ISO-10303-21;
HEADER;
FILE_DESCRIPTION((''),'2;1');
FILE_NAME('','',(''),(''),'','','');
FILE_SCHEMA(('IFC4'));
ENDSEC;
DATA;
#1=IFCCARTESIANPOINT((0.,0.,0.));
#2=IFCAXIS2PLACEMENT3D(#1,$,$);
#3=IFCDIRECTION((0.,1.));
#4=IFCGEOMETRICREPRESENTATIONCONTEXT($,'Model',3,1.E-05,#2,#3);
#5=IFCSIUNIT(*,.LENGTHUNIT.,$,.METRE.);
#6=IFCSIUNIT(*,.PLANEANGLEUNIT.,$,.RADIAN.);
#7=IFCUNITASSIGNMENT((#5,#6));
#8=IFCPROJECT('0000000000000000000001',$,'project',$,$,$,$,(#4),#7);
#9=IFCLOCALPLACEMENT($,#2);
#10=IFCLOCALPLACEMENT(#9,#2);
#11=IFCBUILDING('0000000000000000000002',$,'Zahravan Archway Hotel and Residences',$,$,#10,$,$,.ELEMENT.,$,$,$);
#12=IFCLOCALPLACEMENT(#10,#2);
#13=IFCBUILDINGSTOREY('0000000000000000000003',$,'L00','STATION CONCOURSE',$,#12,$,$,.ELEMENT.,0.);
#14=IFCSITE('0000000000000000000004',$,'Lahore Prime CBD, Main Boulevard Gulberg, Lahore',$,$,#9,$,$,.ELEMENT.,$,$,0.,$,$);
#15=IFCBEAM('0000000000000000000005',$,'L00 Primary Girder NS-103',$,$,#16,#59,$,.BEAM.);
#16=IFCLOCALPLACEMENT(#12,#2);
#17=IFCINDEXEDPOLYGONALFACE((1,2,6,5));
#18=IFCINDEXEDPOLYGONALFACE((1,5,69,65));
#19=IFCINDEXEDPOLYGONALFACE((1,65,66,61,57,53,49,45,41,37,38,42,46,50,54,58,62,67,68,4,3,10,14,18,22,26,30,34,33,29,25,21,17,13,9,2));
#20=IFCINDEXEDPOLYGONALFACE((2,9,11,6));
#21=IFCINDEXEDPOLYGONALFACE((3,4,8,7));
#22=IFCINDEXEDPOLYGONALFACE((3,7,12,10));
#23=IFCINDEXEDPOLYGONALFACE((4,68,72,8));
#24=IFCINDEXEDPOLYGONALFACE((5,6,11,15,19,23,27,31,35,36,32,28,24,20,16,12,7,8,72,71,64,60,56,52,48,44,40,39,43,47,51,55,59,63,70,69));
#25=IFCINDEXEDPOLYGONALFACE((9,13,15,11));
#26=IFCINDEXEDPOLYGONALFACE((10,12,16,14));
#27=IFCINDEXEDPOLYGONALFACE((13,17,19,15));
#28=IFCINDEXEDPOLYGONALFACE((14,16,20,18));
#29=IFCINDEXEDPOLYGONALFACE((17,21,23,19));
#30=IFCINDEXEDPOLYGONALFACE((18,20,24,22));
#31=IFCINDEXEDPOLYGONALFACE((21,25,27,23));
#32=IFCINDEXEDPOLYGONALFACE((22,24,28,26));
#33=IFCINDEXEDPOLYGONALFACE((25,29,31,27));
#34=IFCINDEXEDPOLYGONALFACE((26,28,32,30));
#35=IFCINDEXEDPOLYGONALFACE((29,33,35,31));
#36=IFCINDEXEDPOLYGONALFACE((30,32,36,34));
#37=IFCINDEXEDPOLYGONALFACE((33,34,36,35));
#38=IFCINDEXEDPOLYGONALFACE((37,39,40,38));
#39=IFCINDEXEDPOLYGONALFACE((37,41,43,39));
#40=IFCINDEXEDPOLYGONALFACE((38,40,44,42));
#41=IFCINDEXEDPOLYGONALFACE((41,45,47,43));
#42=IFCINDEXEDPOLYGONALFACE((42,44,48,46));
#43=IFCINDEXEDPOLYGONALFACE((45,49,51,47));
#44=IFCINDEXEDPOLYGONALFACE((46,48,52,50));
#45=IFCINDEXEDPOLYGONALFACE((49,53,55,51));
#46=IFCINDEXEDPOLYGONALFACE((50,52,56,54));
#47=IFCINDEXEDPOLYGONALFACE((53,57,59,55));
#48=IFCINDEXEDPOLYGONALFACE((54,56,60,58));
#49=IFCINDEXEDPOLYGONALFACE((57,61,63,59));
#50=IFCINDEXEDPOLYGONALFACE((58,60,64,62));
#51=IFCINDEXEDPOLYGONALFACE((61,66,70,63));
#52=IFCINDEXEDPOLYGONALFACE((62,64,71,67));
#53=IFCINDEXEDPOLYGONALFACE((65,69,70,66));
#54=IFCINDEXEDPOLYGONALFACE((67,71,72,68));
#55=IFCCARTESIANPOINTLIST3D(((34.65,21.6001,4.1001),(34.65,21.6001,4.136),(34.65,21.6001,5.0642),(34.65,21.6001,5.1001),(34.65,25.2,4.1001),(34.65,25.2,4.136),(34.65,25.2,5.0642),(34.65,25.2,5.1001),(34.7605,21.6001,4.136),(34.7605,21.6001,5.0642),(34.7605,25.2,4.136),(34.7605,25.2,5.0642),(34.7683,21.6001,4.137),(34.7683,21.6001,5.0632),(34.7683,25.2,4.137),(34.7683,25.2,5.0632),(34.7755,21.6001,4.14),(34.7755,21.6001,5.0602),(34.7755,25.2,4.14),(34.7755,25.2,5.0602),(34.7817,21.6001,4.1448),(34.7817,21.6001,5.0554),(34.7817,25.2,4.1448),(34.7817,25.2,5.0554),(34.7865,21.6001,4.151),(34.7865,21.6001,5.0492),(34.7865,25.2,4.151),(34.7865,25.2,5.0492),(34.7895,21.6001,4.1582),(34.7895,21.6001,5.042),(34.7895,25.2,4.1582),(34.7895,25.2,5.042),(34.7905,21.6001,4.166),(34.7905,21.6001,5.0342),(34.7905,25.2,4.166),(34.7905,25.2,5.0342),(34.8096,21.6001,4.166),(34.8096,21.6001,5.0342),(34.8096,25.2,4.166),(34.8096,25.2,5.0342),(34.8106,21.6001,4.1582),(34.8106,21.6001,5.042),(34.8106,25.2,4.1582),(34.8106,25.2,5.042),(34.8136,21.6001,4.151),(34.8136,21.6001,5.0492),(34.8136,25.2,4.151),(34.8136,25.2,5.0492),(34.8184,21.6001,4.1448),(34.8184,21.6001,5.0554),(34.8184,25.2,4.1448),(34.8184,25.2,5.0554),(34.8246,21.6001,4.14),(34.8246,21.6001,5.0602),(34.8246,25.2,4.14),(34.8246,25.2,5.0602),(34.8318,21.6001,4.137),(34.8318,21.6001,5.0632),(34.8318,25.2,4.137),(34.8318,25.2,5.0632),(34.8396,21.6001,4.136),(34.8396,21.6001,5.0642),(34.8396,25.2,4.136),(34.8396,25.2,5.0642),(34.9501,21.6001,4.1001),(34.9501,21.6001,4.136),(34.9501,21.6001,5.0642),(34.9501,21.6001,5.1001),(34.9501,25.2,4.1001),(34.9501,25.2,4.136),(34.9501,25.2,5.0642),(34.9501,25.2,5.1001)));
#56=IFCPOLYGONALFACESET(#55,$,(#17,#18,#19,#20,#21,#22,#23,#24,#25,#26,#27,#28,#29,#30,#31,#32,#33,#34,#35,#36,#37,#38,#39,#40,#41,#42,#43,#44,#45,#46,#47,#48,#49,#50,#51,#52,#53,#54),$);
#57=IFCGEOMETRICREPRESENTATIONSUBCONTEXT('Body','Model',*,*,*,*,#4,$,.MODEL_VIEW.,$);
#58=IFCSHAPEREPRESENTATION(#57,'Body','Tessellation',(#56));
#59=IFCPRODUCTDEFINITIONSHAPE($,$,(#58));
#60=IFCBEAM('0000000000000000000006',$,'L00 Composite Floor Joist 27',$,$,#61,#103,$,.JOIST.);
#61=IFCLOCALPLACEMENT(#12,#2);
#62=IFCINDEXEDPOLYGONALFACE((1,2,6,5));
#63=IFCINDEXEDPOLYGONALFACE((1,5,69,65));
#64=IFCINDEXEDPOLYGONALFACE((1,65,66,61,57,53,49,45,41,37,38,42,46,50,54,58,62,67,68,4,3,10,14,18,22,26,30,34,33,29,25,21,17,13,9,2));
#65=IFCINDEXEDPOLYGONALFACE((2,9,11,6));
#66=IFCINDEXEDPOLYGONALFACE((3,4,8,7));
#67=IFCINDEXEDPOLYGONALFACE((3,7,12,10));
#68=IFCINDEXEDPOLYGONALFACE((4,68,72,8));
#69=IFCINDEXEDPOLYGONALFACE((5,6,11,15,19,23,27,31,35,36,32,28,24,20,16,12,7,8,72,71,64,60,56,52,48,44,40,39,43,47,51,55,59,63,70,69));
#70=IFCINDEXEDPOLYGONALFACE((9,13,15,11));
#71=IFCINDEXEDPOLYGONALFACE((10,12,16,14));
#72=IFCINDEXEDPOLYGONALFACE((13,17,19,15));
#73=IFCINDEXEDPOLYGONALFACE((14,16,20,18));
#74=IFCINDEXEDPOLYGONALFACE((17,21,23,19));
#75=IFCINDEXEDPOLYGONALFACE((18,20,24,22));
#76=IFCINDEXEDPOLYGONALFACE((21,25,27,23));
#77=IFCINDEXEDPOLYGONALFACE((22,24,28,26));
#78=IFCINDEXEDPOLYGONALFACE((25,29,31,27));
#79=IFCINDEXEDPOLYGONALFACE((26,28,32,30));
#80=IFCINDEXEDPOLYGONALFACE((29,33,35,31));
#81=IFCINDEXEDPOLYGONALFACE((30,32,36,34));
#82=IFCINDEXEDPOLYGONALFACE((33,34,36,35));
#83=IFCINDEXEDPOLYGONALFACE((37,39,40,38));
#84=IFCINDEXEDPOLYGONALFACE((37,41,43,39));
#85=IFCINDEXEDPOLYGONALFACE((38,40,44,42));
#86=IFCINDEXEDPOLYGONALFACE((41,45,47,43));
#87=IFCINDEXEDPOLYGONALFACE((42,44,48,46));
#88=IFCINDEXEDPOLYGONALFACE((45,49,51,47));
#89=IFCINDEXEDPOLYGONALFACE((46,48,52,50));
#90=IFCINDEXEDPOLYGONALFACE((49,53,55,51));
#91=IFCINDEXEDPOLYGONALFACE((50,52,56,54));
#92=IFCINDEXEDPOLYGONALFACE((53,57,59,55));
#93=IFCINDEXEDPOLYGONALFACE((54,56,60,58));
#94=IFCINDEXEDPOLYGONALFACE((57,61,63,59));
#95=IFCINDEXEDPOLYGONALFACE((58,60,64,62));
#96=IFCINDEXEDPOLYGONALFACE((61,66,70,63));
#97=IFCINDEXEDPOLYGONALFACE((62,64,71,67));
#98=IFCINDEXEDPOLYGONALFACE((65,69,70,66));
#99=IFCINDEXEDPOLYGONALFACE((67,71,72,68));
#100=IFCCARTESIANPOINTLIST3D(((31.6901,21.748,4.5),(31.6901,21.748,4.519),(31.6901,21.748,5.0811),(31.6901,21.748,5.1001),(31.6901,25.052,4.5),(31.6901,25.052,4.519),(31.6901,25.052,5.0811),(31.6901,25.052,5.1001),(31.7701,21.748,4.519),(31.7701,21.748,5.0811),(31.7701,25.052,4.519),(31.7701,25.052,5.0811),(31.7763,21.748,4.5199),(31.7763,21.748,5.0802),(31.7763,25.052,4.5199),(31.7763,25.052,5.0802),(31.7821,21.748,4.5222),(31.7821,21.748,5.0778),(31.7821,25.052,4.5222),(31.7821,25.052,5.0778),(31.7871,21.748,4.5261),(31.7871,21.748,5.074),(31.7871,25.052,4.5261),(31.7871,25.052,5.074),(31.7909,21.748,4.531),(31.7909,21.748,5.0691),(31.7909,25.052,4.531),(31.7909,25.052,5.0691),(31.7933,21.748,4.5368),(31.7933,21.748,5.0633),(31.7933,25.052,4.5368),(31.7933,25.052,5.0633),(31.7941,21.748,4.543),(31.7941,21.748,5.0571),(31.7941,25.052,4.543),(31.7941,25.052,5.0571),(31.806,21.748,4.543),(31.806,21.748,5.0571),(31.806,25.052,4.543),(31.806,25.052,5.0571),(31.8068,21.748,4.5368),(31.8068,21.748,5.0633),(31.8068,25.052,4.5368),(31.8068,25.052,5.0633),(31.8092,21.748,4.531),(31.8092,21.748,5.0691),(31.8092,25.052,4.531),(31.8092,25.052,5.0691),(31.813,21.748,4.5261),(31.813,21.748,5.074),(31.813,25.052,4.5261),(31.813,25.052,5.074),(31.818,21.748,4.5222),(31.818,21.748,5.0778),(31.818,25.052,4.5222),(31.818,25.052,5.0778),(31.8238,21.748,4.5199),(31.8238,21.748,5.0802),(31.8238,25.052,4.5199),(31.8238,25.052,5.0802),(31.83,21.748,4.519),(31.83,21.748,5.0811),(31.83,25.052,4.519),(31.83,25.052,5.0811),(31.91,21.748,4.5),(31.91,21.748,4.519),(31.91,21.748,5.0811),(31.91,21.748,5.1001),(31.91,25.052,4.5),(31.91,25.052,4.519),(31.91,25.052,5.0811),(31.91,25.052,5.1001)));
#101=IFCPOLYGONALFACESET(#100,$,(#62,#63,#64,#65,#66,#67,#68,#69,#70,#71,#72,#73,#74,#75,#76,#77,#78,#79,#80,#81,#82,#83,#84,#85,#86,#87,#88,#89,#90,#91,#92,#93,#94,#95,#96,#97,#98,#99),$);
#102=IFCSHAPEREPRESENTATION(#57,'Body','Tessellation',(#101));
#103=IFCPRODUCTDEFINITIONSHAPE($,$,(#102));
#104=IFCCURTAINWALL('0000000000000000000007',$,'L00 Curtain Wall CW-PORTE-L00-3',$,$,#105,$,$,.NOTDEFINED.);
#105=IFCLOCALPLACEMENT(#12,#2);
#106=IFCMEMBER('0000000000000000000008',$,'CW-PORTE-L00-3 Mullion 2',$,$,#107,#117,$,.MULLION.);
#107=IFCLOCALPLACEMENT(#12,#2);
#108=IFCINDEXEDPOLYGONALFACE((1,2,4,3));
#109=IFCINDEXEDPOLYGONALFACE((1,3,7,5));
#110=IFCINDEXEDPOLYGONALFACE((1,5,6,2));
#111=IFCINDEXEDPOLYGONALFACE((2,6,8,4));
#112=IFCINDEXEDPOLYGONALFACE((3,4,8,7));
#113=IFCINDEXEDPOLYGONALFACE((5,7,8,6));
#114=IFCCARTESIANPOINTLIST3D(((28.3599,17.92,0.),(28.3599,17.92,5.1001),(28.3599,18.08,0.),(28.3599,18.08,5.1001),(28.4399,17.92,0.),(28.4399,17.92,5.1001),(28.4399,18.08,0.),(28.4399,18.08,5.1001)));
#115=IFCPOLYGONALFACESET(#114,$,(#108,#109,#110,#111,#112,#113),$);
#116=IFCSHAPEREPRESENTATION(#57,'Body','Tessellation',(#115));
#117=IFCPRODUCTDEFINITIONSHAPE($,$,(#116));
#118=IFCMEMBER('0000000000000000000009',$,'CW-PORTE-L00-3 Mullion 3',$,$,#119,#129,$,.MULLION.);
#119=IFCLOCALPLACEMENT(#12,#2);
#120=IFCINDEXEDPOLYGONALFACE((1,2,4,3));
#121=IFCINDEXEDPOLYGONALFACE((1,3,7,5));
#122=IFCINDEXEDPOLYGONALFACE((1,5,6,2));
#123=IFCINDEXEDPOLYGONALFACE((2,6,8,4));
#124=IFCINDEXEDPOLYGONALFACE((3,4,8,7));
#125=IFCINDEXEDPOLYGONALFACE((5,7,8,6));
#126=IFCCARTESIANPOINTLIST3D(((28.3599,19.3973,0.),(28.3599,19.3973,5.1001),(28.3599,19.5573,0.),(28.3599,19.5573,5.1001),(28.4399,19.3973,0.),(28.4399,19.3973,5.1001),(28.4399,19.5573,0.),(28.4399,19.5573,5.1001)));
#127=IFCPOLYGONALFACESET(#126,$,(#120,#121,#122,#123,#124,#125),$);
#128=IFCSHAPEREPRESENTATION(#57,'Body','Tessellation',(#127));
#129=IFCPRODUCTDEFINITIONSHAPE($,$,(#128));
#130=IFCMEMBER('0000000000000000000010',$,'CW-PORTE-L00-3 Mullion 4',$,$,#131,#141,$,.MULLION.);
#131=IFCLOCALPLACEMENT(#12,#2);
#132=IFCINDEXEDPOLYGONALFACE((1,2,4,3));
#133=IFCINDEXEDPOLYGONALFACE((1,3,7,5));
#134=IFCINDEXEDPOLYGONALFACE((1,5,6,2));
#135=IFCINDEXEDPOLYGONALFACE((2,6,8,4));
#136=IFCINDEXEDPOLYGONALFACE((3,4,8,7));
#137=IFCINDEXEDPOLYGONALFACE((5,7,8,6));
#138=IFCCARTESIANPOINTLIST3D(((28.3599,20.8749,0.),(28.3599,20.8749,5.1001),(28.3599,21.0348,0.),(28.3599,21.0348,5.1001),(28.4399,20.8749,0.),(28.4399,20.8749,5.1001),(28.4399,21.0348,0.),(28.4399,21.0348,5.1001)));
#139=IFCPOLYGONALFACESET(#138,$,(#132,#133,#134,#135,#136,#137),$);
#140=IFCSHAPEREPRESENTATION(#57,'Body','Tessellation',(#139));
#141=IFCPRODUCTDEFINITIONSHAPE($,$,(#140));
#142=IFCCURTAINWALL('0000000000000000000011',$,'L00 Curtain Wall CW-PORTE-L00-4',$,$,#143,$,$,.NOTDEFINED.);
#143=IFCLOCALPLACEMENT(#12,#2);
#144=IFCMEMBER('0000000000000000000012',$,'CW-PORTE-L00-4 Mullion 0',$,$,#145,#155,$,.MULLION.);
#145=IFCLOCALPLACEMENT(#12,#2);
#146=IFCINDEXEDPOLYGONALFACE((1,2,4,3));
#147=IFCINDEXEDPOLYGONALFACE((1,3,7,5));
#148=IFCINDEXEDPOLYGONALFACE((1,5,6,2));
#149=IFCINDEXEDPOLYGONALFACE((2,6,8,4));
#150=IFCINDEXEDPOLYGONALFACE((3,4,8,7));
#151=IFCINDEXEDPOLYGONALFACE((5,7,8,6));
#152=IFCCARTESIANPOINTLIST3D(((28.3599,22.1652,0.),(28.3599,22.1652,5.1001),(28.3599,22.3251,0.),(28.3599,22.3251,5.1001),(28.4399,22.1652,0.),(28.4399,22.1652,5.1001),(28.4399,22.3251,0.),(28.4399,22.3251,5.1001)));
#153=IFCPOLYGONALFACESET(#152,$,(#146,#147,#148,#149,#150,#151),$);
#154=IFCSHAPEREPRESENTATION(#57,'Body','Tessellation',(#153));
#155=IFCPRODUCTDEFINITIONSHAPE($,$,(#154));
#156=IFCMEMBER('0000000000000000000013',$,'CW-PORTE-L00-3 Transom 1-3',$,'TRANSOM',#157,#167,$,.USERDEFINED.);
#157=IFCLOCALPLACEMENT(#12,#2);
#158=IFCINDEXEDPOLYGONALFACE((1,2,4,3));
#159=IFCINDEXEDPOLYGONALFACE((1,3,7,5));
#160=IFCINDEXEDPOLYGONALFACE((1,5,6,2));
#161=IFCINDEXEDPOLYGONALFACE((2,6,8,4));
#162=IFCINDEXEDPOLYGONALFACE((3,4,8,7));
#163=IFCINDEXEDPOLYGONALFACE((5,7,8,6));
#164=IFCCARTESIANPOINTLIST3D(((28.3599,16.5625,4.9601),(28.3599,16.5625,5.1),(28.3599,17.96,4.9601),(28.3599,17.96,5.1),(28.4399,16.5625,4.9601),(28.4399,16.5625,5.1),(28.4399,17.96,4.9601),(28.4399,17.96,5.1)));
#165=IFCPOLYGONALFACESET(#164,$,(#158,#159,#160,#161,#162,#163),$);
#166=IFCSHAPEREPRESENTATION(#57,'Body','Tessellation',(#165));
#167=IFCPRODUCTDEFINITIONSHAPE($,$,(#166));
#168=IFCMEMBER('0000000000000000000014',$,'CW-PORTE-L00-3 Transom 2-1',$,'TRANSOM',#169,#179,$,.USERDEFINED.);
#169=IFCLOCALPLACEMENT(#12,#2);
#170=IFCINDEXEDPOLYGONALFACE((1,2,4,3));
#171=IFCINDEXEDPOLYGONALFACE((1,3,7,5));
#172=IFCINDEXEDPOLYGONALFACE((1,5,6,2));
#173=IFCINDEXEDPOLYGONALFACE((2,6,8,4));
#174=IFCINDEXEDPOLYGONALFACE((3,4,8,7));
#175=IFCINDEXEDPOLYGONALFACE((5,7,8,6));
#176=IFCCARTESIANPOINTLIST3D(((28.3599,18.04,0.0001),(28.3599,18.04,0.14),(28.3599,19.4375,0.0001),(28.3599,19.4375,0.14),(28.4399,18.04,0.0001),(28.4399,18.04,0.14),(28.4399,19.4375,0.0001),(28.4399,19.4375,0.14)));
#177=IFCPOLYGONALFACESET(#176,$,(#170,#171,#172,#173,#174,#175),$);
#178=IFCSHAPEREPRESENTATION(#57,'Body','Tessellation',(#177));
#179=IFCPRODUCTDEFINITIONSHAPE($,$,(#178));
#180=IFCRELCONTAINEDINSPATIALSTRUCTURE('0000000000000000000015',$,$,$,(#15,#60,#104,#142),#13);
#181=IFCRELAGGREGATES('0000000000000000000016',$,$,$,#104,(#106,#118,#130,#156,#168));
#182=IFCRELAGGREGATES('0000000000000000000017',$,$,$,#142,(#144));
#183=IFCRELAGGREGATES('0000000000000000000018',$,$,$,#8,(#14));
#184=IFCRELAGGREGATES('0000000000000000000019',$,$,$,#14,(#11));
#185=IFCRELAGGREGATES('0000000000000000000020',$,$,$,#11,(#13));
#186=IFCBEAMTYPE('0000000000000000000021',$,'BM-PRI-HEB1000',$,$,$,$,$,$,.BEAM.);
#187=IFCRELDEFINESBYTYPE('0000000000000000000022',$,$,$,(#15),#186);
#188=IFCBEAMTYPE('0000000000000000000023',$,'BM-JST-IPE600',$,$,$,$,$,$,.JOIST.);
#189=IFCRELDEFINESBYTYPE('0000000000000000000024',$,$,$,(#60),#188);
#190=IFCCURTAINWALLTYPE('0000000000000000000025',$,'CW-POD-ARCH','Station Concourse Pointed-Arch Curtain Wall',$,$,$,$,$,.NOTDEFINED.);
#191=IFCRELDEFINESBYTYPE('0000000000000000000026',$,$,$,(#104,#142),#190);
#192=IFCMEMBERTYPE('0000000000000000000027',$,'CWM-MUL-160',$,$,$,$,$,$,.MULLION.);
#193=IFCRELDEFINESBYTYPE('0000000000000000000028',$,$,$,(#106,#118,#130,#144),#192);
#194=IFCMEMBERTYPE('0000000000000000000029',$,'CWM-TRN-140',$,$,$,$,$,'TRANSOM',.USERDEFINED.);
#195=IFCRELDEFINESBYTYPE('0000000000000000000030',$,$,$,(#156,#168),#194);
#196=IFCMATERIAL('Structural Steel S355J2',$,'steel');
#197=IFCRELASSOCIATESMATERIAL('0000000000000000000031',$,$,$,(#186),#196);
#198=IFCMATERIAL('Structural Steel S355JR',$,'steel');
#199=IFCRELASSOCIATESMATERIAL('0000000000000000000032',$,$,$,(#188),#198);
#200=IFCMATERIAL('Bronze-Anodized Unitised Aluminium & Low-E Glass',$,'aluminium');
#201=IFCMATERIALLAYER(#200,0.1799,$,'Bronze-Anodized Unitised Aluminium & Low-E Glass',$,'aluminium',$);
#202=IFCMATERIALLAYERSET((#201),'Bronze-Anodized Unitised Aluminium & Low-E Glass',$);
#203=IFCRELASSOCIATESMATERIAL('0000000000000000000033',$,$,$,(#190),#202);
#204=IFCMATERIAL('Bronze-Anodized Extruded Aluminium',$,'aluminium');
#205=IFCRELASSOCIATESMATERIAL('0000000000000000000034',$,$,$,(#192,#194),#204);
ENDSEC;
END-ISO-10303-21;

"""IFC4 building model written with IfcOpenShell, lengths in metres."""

from ifc_helpers import new_model, si_unit, direction, frame, origin, origin_2d, place, context, subcontext, project, spatial, rectangle, i_section, extrude, source, transform, mapped, material, layer, layer_set, material_profile, profile_set, type_object, element, aggregate, save


model = new_model("IFC4")

# Units and contexts
model_context = context("Model", 3, precision=1e-05, world=origin(), true_north=direction((0.0, 1.0)))
body_context = subcontext(model_context, "Body", "Model", "MODEL_VIEW")
ifc_project = project(units=[si_unit("LENGTHUNIT", "METRE"), si_unit("PLANEANGLEUNIT", "RADIAN")], contexts=[model_context])

# Site, building, storey
site_placement = place(None, origin())
site = spatial("IfcSite", under=ifc_project, at=site_placement, Name="Lahore Prime CBD, Main Boulevard Gulberg, Lahore", CompositionType="ELEMENT", RefElevation=0.0)
building_placement = place(site_placement, origin())
building = spatial("IfcBuilding", under=site, at=building_placement, Name="Zahravan Archway Hotel and Residences", CompositionType="ELEMENT")
storey_placement = place(building_placement, origin())
storey = spatial("IfcBuildingStorey", under=building, at=storey_placement, Name="L00", Description="STATION CONCOURSE", CompositionType="ELEMENT", Elevation=0.0)

# Beams
ifc_material_1 = material(Name="Structural Steel S355J2", Category="steel")
ifc_material_profile_1 = material_profile(ifc_material_1, i_section(OverallWidth=0.3, OverallDepth=1.0, WebThickness=0.019, FlangeThickness=0.0359, FilletRadius=0.03, at=origin_2d()), Name="HEB 1000", Category="steel")
ifc_profile_set_1 = profile_set([ifc_material_profile_1], Name="Structural Steel S355J2")
beam_type_1 = type_object("IfcBeamType", Name="BM-PRI-HEB1000", PredefinedType="BEAM", material=ifc_profile_set_1)
shared_shape_1 = source(origin(), body_context, "Body", "SweptSolid", [
    extrude(i_section(OverallWidth=0.3, OverallDepth=1.0, WebThickness=0.019, FlangeThickness=0.0359, FilletRadius=0.03, at=origin_2d()), origin(), (0.0, 0.0, 1.0), 3.5999),
])
for number, where, z_axis, x_axis, name in (
    (1, (34.8, 21.6001, 4.6001), (0.0, 1.0, 0.0), (-1.0, 0.0, 0.0), "L00 Primary Girder NS-103"),
):
    element("IfcBeam", number, at=place(storey_placement, frame(where, z_axis=z_axis, x_axis=x_axis)), inside=storey, type_object=beam_type_1, Name=name, PredefinedType="BEAM", context=body_context, shape_type="MappedRepresentation", body=[
        mapped(shared_shape_1, transform((0.0, 0.0, 0.0), scale=1.0)),
    ])
ifc_material_2 = material(Name="Structural Steel S355JR", Category="steel")
ifc_material_profile_2 = material_profile(ifc_material_2, i_section(OverallWidth=0.22, OverallDepth=0.6001, WebThickness=0.012, FlangeThickness=0.019, FilletRadius=0.0239, at=origin_2d()), Name="IPE 600", Category="steel")
ifc_profile_set_2 = profile_set([ifc_material_profile_2], Name="Structural Steel S355JR")
beam_type_2 = type_object("IfcBeamType", Name="BM-JST-IPE600", PredefinedType="JOIST", material=ifc_profile_set_2)
shared_shape_2 = source(origin(), body_context, "Body", "SweptSolid", [
    extrude(i_section(OverallWidth=0.22, OverallDepth=0.6001, WebThickness=0.012, FlangeThickness=0.019, FilletRadius=0.0239, at=origin_2d()), origin(), (0.0, 0.0, 1.0), 3.304),
])
beam_1_placement = place(storey_placement, frame((31.8, 21.748, 4.8), z_axis=(0.0, 1.0, 0.0), x_axis=(-1.0, 0.0, 0.0)))
element("IfcBeam", 2, at=beam_1_placement, inside=storey, type_object=beam_type_2, Name="L00 Composite Floor Joist 27", PredefinedType="JOIST", context=body_context, shape_type="MappedRepresentation", body=[
    mapped(shared_shape_2, transform((0.0, 0.0, 0.0), scale=1.0)),
])

# Curtain wall, members
ifc_material_3 = material(Name="Bronze-Anodized Unitised Aluminium & Low-E Glass", Category="aluminium")
ifc_layer_1 = layer(ifc_material_3, 0.1799, Name="Bronze-Anodized Unitised Aluminium & Low-E Glass", Category="aluminium")
ifc_layer_set_1 = layer_set([ifc_layer_1], Name="Bronze-Anodized Unitised Aluminium & Low-E Glass")
curtain_wall_type = type_object("IfcCurtainWallType", Name="CW-POD-ARCH", Description="Station Concourse Pointed-Arch Curtain Wall", PredefinedType="NOTDEFINED", material=ifc_layer_set_1)
curtain_wall_1_placement = place(storey_placement, origin())
curtain_wall_1 = element("IfcCurtainWall", 3, at=curtain_wall_1_placement, inside=storey, type_object=curtain_wall_type, Name="L00 Curtain Wall CW-PORTE-L00-3", PredefinedType="NOTDEFINED")
ifc_material_4 = material(Name="Bronze-Anodized Extruded Aluminium", Category="aluminium")
ifc_material_profile_3 = material_profile(ifc_material_4, rectangle(XDim=0.0801, YDim=0.1599, at=origin_2d()), Name="MUL 80x160", Category="aluminium")
ifc_profile_set_3 = profile_set([ifc_material_profile_3], Name="Bronze-Anodized Extruded Aluminium")
member_type_1 = type_object("IfcMemberType", Name="CWM-MUL-160", PredefinedType="MULLION", material=ifc_profile_set_3)
shared_shape_3 = source(origin(), body_context, "Body", "SweptSolid", [
    extrude(rectangle(XDim=0.0801, YDim=0.1599, at=origin_2d()), origin(), (0.0, 0.0, 1.0), 5.1001),
])
member_1_placement = place(storey_placement, frame((28.3999, 18.0, 0.0), z_axis=(0.0, 0.0, 1.0), x_axis=(1.0, 0.0, 0.0)))
member_1 = element("IfcMember", 4, at=member_1_placement, type_object=member_type_1, Name="CW-PORTE-L00-3 Mullion 2", PredefinedType="MULLION", context=body_context, shape_type="MappedRepresentation", body=[
    mapped(shared_shape_3, transform((0.0, 0.0, 0.0), scale=1.0)),
])
member_2_placement = place(storey_placement, frame((28.3999, 19.4773, 0.0), z_axis=(0.0, 0.0, 1.0), x_axis=(1.0, 0.0, 0.0)))
member_2 = element("IfcMember", 5, at=member_2_placement, type_object=member_type_1, Name="CW-PORTE-L00-3 Mullion 3", PredefinedType="MULLION", context=body_context, shape_type="MappedRepresentation", body=[
    mapped(shared_shape_3, transform((0.0, 0.0, 0.0), scale=1.0)),
])
member_3_placement = place(storey_placement, frame((28.3999, 20.9548, 0.0), z_axis=(0.0, 0.0, 1.0), x_axis=(1.0, 0.0, 0.0)))
member_3 = element("IfcMember", 6, at=member_3_placement, type_object=member_type_1, Name="CW-PORTE-L00-3 Mullion 4", PredefinedType="MULLION", context=body_context, shape_type="MappedRepresentation", body=[
    mapped(shared_shape_3, transform((0.0, 0.0, 0.0), scale=1.0)),
])

# Curtain wall, member
curtain_wall_2_placement = place(storey_placement, origin())
curtain_wall_2 = element("IfcCurtainWall", 7, at=curtain_wall_2_placement, inside=storey, type_object=curtain_wall_type, Name="L00 Curtain Wall CW-PORTE-L00-4", PredefinedType="NOTDEFINED")
member_4_placement = place(storey_placement, frame((28.3999, 22.2451, 0.0), z_axis=(0.0, 0.0, 1.0), x_axis=(1.0, 0.0, 0.0)))
member_4 = element("IfcMember", 8, at=member_4_placement, type_object=member_type_1, Name="CW-PORTE-L00-4 Mullion 0", PredefinedType="MULLION", context=body_context, shape_type="MappedRepresentation", body=[
    mapped(shared_shape_3, transform((0.0, 0.0, 0.0), scale=1.0)),
])

# Members
ifc_material_profile_4 = material_profile(ifc_material_4, rectangle(XDim=0.0801, YDim=0.1399, at=origin_2d()), Name="TRN 80x140", Category="aluminium")
ifc_profile_set_4 = profile_set([ifc_material_profile_4], Name="Bronze-Anodized Extruded Aluminium")
member_type_2 = type_object("IfcMemberType", Name="CWM-TRN-140", ElementType="TRANSOM", PredefinedType="USERDEFINED", material=ifc_profile_set_4)
shared_shape_4 = source(origin(), body_context, "Body", "SweptSolid", [
    extrude(rectangle(XDim=0.0801, YDim=0.1399, at=origin_2d()), origin(), (0.0, 0.0, 1.0), 1.3975),
])
member_5_placement = place(storey_placement, frame((28.3999, 16.5625, 5.03), z_axis=(0.0, 1.0, 0.0), x_axis=(-1.0, 0.0, 0.0)))
member_5 = element("IfcMember", 9, at=member_5_placement, type_object=member_type_2, Name="CW-PORTE-L00-3 Transom 1-3", ObjectType="TRANSOM", PredefinedType="USERDEFINED", context=body_context, shape_type="MappedRepresentation", body=[
    mapped(shared_shape_4, transform((0.0, 0.0, 0.0), scale=1.0)),
])
member_6_placement = place(storey_placement, frame((28.3999, 18.04, 0.0701), z_axis=(0.0, 1.0, 0.0), x_axis=(-1.0, 0.0, 0.0)))
member_6 = element("IfcMember", 10, at=member_6_placement, type_object=member_type_2, Name="CW-PORTE-L00-3 Transom 2-1", ObjectType="TRANSOM", PredefinedType="USERDEFINED", context=body_context, shape_type="MappedRepresentation", body=[
    mapped(shared_shape_4, transform((0.0, 0.0, 0.0), scale=1.0)),
])

aggregate(curtain_wall_1, [member_1, member_2, member_3, member_5, member_6])
aggregate(curtain_wall_2, [member_4])

save(model, "model.ifc")
